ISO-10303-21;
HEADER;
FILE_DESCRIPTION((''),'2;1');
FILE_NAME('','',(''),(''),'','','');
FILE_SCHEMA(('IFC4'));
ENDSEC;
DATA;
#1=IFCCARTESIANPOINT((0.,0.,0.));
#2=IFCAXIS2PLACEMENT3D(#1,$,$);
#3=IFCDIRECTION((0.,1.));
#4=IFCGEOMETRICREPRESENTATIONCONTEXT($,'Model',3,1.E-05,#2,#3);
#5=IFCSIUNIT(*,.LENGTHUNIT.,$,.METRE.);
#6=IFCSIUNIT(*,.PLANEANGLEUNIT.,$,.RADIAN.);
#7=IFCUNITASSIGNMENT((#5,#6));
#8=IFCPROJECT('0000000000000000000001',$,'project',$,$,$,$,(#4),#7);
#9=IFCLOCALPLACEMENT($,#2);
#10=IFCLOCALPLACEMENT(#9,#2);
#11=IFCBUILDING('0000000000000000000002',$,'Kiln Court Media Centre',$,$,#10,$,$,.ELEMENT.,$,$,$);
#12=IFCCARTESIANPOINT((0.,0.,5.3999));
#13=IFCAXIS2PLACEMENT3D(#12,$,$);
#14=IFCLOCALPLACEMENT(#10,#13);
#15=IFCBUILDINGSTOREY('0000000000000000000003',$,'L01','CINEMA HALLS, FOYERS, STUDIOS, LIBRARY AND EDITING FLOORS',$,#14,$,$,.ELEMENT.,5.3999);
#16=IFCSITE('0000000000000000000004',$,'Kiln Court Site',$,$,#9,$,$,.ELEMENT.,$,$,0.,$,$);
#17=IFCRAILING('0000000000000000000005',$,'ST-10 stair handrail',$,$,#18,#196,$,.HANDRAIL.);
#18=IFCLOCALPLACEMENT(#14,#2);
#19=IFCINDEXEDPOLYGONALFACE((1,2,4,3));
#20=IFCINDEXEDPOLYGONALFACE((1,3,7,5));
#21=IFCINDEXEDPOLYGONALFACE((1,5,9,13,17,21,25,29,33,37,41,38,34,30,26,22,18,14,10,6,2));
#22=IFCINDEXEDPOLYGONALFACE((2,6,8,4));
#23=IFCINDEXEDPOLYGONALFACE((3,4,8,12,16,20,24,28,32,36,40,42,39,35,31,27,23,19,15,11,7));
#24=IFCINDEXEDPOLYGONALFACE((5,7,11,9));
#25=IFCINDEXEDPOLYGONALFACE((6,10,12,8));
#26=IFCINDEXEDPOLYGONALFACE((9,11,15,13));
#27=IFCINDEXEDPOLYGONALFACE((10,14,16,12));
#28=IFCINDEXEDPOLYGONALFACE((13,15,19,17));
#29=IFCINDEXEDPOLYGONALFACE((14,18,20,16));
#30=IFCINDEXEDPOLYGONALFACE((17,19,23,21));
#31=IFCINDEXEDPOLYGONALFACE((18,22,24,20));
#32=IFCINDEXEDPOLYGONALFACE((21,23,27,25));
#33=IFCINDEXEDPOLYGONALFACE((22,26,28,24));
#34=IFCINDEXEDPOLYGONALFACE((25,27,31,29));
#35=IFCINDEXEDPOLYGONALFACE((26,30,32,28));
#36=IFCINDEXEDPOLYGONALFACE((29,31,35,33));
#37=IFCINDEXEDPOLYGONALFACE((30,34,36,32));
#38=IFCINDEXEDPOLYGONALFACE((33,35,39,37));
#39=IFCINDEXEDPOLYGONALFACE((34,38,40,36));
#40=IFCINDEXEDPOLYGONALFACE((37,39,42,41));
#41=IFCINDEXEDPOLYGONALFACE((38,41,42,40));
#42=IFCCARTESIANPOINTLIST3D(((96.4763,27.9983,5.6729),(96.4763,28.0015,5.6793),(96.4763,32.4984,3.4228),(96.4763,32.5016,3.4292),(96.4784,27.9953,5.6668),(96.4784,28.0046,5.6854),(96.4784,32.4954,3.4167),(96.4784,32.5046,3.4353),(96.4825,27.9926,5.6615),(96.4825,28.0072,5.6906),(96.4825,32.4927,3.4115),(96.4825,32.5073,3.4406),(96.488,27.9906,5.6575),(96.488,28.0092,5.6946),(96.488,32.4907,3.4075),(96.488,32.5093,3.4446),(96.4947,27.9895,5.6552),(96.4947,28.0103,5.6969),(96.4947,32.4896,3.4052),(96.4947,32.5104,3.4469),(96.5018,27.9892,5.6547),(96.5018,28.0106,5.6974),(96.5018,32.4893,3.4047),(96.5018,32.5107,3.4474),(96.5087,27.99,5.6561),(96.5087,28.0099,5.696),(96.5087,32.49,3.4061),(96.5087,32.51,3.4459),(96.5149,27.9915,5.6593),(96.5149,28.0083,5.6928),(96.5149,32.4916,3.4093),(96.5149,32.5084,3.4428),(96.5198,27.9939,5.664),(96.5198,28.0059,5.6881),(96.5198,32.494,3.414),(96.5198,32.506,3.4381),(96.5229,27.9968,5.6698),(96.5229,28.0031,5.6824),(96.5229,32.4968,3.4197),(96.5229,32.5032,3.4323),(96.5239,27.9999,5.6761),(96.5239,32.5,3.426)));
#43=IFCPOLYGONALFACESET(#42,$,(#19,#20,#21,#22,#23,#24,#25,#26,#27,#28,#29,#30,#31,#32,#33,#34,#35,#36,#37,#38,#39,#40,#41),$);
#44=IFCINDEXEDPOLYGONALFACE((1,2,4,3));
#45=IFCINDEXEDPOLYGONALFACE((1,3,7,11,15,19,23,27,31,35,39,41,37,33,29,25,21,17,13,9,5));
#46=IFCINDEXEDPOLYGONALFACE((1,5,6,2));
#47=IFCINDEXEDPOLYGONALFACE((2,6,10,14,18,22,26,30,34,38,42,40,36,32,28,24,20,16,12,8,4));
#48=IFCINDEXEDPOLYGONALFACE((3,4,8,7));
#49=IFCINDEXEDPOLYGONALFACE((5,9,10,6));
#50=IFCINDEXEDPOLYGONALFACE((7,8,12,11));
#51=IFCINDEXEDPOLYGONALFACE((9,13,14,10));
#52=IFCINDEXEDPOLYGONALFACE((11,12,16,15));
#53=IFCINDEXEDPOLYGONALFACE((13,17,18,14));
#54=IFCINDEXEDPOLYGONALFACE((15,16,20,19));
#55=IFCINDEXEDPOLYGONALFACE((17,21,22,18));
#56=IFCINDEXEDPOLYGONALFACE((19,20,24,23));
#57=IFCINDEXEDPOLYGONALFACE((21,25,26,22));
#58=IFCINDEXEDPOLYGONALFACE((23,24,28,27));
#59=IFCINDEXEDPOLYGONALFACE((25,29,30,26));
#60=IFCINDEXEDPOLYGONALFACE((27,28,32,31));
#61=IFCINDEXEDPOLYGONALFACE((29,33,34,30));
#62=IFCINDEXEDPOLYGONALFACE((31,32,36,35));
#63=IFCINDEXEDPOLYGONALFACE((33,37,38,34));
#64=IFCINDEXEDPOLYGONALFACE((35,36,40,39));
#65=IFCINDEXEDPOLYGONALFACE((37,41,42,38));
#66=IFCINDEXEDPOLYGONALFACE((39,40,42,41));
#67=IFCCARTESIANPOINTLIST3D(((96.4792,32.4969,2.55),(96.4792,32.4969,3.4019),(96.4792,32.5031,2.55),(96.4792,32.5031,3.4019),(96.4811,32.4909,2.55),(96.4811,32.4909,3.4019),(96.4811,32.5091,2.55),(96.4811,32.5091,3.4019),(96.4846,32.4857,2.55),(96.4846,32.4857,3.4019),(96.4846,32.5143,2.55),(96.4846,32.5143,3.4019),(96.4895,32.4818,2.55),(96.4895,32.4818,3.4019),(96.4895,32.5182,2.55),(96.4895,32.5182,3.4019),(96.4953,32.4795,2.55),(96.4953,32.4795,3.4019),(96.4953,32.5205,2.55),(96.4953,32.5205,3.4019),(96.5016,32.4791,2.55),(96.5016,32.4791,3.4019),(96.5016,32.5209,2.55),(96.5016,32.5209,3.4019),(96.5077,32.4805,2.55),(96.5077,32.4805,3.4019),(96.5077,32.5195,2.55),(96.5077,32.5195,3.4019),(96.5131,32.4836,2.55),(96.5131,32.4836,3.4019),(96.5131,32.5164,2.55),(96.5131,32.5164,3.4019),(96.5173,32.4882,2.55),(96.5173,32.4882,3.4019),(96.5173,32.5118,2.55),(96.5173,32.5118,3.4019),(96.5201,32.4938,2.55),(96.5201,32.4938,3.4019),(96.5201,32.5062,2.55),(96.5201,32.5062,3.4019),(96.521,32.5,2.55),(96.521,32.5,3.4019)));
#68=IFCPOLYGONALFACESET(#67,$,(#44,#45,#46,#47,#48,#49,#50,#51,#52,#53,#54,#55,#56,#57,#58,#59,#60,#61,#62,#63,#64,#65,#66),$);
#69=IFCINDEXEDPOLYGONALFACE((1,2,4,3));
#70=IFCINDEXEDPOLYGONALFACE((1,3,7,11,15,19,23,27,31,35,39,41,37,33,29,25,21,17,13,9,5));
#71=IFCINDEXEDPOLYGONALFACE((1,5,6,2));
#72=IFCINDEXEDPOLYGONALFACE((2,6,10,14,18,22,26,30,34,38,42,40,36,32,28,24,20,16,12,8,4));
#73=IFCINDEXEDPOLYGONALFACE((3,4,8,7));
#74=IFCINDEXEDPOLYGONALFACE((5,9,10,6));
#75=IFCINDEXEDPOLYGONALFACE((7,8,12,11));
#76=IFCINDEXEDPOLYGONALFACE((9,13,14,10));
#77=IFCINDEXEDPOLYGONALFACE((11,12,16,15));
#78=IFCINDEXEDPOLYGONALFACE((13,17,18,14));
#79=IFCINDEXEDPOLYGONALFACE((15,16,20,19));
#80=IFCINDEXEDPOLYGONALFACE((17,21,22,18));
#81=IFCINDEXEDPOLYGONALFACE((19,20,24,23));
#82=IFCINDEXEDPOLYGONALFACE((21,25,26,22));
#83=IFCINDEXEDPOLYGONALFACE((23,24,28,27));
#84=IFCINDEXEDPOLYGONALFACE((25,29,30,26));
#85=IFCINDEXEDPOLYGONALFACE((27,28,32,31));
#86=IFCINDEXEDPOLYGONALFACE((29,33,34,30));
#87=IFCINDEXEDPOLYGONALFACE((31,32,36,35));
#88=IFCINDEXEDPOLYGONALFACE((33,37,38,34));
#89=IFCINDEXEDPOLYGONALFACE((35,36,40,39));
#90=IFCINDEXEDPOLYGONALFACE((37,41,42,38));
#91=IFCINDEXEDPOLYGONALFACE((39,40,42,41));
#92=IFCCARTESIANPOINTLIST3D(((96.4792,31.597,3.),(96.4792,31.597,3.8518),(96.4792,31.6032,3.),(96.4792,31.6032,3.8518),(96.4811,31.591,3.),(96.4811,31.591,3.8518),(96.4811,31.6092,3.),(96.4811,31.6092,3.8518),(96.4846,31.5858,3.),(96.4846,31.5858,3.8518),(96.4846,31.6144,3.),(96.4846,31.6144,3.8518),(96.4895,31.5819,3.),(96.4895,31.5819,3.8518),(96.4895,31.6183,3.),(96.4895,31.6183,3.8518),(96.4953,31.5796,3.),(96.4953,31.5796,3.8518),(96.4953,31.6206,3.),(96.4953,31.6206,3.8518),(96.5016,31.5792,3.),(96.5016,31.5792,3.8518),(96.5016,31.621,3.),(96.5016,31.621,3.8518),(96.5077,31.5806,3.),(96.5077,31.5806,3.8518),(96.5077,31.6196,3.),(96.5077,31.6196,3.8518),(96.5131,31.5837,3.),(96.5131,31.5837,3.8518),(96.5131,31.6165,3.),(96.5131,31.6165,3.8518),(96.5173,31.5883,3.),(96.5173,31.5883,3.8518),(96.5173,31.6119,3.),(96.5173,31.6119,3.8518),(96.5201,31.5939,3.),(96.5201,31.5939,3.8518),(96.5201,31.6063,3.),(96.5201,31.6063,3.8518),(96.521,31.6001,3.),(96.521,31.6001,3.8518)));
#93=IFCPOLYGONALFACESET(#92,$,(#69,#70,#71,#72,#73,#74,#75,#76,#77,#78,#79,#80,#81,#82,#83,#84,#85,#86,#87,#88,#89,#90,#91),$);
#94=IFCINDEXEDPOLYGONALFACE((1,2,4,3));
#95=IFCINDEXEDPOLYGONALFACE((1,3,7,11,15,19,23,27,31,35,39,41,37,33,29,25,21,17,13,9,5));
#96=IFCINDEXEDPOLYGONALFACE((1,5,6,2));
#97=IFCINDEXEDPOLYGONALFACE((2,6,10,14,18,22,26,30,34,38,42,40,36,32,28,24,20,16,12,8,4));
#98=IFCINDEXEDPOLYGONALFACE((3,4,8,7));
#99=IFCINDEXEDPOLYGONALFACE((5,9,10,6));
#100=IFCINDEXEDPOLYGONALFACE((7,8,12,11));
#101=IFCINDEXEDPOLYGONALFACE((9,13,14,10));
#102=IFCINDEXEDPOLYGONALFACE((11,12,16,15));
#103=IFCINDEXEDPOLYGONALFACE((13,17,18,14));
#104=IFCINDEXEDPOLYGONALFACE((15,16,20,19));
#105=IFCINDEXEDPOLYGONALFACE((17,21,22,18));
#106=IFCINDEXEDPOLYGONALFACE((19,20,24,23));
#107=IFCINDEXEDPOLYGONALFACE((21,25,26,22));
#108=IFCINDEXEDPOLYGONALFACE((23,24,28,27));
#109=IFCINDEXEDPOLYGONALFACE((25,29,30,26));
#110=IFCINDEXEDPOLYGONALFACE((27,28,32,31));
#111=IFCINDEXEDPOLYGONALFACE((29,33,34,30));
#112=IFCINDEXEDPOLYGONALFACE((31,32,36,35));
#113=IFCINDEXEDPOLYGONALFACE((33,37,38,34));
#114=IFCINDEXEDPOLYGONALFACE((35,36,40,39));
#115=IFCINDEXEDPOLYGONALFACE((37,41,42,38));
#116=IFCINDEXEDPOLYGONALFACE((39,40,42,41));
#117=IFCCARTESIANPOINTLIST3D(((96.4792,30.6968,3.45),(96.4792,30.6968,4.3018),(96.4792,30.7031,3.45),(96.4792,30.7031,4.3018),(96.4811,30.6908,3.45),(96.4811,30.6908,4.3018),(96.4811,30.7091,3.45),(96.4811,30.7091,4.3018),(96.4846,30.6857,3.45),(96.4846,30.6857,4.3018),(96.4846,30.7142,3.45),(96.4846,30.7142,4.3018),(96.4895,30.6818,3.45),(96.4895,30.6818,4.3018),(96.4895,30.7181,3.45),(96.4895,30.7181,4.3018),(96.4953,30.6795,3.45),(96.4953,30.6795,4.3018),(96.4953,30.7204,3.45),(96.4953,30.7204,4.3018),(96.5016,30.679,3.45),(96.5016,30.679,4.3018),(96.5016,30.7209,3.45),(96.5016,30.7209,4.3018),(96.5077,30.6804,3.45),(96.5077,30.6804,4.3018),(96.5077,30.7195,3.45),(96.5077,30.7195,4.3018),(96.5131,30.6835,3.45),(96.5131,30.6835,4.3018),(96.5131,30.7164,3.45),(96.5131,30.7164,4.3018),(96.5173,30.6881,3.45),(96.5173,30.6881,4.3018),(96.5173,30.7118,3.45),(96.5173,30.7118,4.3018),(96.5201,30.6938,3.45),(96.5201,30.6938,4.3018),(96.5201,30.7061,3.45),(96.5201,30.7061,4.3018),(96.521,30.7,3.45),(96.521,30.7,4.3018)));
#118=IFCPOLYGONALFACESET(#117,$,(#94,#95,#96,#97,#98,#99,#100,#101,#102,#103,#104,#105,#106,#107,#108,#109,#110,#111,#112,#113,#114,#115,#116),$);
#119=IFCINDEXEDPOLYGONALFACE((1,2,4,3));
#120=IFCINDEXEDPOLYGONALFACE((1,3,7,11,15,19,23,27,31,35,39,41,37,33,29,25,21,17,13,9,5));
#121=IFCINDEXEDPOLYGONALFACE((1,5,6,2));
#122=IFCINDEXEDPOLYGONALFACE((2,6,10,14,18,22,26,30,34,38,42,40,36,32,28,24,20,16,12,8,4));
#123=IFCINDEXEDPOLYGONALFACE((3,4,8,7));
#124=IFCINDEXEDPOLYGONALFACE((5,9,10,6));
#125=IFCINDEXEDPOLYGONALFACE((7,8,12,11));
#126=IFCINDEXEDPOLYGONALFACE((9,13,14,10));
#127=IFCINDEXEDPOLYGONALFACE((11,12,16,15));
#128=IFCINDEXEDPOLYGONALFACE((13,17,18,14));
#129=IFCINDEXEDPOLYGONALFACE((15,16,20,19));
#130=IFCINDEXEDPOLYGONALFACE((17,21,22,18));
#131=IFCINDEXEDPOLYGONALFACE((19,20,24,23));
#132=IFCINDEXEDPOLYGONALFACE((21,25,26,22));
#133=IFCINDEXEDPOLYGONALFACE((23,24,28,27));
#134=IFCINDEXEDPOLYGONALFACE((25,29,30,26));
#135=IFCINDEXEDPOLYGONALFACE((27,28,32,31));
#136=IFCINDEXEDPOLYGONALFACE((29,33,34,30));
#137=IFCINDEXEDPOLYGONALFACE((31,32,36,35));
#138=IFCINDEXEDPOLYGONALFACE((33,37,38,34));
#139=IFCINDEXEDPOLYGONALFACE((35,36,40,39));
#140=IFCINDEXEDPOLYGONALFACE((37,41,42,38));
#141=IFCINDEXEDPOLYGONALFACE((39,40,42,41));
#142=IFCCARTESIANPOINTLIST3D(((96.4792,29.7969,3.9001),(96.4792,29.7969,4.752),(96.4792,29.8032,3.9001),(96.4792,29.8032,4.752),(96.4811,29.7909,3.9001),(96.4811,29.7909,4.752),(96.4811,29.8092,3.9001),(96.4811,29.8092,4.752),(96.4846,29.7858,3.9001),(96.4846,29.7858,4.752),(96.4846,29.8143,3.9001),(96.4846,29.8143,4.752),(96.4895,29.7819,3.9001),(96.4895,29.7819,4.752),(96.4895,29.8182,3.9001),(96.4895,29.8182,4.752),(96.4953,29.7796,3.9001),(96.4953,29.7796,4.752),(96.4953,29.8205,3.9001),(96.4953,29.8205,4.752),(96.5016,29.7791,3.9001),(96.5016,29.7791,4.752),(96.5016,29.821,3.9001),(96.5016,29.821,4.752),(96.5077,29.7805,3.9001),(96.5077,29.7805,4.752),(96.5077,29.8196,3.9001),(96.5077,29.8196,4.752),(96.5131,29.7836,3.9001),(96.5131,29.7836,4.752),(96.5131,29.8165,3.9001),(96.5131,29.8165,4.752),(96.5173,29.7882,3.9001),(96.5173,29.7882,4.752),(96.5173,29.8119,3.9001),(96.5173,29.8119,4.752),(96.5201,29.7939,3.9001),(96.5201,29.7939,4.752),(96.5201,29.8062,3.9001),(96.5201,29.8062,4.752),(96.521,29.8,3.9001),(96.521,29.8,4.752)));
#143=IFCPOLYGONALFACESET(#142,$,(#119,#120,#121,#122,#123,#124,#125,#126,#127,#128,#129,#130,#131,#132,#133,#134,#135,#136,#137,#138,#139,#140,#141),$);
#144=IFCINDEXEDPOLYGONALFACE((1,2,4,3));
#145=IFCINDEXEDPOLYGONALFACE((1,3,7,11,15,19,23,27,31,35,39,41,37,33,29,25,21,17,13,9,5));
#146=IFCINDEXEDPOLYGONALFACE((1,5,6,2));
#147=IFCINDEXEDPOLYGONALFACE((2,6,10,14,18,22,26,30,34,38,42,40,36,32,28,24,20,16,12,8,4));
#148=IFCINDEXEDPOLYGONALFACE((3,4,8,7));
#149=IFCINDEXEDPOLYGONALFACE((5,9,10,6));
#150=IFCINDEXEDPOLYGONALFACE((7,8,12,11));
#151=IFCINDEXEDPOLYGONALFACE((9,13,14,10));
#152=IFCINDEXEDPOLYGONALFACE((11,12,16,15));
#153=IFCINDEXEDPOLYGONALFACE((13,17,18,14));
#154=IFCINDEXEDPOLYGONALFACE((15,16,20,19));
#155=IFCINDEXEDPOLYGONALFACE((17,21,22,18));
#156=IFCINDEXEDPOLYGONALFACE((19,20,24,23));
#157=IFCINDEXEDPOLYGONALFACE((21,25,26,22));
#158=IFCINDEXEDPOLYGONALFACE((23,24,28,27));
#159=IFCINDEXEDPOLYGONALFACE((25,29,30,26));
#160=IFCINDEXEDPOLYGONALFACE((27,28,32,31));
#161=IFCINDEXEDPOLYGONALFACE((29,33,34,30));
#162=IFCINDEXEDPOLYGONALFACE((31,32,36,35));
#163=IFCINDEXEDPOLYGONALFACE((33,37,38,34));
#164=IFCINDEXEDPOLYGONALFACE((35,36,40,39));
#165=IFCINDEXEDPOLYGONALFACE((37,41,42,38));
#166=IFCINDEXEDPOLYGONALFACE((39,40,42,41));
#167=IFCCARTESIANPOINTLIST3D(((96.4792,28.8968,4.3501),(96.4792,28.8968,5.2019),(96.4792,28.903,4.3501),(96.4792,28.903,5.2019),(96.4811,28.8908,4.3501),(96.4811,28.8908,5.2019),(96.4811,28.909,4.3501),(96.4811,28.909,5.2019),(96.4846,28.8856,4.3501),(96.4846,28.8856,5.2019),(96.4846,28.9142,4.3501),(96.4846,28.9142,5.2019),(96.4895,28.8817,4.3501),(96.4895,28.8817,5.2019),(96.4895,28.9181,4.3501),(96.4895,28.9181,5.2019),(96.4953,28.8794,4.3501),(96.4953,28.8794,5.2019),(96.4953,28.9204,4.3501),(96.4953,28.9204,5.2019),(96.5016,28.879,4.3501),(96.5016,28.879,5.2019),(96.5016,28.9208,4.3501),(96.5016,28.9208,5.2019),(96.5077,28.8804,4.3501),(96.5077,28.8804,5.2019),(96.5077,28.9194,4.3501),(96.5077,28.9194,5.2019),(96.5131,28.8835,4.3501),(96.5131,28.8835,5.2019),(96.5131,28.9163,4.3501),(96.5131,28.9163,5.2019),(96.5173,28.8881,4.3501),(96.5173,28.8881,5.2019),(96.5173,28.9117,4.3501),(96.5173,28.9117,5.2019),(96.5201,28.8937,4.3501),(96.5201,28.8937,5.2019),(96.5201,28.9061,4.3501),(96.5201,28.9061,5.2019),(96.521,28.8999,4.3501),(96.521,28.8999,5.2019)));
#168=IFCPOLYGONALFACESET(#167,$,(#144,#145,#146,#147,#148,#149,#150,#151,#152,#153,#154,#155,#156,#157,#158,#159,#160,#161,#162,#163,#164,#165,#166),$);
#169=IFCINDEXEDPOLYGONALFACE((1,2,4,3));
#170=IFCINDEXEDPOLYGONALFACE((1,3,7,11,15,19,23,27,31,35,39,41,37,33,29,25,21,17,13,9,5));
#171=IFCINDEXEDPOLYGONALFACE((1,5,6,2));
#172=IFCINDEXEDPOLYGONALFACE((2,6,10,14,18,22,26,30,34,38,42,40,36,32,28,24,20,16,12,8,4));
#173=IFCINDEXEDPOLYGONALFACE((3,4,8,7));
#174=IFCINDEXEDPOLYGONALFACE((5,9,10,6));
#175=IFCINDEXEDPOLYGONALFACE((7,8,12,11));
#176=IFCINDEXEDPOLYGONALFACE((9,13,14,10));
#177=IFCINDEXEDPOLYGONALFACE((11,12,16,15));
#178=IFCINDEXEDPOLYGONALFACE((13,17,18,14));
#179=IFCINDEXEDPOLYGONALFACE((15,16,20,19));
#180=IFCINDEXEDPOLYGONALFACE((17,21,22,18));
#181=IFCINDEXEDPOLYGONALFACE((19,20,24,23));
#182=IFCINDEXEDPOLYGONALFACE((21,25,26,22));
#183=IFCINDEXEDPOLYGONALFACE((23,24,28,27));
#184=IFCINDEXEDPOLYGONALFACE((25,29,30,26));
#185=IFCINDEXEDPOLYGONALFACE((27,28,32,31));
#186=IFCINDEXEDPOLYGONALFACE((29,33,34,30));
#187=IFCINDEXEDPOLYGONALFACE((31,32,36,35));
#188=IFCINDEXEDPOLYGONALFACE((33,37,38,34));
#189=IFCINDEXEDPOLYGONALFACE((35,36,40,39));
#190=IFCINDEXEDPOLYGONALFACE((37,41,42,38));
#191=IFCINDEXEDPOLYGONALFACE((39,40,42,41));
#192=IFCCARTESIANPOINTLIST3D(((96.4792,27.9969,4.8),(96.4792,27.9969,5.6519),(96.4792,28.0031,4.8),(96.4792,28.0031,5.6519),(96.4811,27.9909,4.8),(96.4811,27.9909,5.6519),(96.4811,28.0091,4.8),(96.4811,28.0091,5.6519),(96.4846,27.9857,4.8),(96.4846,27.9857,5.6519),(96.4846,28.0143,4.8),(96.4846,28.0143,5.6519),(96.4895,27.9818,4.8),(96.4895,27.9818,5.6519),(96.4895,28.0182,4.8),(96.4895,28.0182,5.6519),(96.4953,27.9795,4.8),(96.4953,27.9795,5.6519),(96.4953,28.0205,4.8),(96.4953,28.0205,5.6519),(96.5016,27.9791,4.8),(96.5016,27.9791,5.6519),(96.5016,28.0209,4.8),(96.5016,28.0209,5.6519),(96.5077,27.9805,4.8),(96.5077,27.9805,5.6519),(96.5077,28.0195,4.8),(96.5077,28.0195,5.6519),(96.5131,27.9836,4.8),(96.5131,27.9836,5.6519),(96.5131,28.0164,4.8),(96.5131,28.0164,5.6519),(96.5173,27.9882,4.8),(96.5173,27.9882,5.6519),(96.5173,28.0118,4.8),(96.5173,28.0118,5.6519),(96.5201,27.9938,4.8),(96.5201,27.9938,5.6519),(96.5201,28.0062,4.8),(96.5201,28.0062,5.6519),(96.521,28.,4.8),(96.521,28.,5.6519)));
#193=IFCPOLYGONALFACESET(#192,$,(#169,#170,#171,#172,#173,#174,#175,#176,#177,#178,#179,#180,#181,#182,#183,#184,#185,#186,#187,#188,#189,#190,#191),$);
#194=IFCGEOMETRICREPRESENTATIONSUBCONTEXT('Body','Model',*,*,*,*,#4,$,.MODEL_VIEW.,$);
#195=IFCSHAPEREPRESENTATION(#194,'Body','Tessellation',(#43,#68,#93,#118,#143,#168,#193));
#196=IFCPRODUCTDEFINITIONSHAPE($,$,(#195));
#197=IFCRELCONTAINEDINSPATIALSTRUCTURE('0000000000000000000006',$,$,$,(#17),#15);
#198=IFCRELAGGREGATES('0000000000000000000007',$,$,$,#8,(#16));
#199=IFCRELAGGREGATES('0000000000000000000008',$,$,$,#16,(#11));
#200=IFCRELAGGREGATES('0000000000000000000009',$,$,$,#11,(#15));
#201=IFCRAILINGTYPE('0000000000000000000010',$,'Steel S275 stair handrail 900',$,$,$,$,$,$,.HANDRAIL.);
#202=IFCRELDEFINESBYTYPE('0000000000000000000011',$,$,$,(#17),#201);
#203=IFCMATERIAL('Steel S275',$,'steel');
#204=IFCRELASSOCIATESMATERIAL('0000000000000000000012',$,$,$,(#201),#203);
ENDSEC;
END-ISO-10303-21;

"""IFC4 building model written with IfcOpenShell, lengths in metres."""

from ifc_helpers import new_model, si_unit, direction, frame, origin, origin_2d, place, context, subcontext, project, spatial, circle, extrude, material, type_object, element, save


model = new_model("IFC4")

# Units and contexts
model_context = context("Model", 3, precision=1e-05, world=origin(), true_north=direction((0.0, 1.0)))
body_context = subcontext(model_context, "Body", "Model", "MODEL_VIEW")
ifc_project = project(units=[si_unit("LENGTHUNIT", "METRE"), si_unit("PLANEANGLEUNIT", "RADIAN")], contexts=[model_context])

# Site, building, storey
site_placement = place(None, origin())
site = spatial("IfcSite", under=ifc_project, at=site_placement, Name="Kiln Court Site", CompositionType="ELEMENT", RefElevation=0.0)
building_placement = place(site_placement, origin())
building = spatial("IfcBuilding", under=site, at=building_placement, Name="Kiln Court Media Centre", CompositionType="ELEMENT")
storey_placement = place(building_placement, frame((0.0, 0.0, 5.3999)))
storey = spatial("IfcBuildingStorey", under=building, at=storey_placement, Name="L01", Description="CINEMA HALLS, FOYERS, STUDIOS, LIBRARY AND EDITING FLOORS", CompositionType="ELEMENT", Elevation=5.3999)

# Railing
ifc_material_1 = material(Name="Steel S275", Category="steel")
railing_type_1 = type_object("IfcRailingType", Name="Steel S275 stair handrail 900", PredefinedType="HANDRAIL", material=ifc_material_1)
railing_1_placement = place(storey_placement, frame((96.5, 32.5, 2.55)))
element("IfcRailing", 1, at=railing_1_placement, inside=storey, type_object=railing_type_1, Name="ST-10 stair handrail", PredefinedType="HANDRAIL", context=body_context, shape_type="SweptSolid", body=[
    extrude(circle(Radius=0.0239, at=origin_2d()), frame((0.0, 0.0, 0.876), z_axis=(0.0, -0.894427, 0.447214), x_axis=(1.0, 0.0, 0.0)), (0.0, 0.0, 1.0), 5.0312),
    extrude(circle(Radius=0.021, at=origin_2d()), origin(), (0.0, 0.0, 1.0), 0.8518),
    extrude(circle(Radius=0.021, at=origin_2d()), frame((0.0, -0.8999, 0.45)), (0.0, 0.0, 1.0), 0.8518),
    extrude(circle(Radius=0.021, at=origin_2d()), frame((0.0, -1.8, 0.8999)), (0.0, 0.0, 1.0), 0.8518),
    extrude(circle(Radius=0.021, at=origin_2d()), frame((0.0, -2.7, 1.3501)), (0.0, 0.0, 1.0), 0.8518),
    extrude(circle(Radius=0.021, at=origin_2d()), frame((0.0, -3.6001, 1.8)), (0.0, 0.0, 1.0), 0.8518),
    extrude(circle(Radius=0.021, at=origin_2d()), frame((0.0, -4.5, 2.25)), (0.0, 0.0, 1.0), 0.8518),
])

save(model, "model.ifc")
